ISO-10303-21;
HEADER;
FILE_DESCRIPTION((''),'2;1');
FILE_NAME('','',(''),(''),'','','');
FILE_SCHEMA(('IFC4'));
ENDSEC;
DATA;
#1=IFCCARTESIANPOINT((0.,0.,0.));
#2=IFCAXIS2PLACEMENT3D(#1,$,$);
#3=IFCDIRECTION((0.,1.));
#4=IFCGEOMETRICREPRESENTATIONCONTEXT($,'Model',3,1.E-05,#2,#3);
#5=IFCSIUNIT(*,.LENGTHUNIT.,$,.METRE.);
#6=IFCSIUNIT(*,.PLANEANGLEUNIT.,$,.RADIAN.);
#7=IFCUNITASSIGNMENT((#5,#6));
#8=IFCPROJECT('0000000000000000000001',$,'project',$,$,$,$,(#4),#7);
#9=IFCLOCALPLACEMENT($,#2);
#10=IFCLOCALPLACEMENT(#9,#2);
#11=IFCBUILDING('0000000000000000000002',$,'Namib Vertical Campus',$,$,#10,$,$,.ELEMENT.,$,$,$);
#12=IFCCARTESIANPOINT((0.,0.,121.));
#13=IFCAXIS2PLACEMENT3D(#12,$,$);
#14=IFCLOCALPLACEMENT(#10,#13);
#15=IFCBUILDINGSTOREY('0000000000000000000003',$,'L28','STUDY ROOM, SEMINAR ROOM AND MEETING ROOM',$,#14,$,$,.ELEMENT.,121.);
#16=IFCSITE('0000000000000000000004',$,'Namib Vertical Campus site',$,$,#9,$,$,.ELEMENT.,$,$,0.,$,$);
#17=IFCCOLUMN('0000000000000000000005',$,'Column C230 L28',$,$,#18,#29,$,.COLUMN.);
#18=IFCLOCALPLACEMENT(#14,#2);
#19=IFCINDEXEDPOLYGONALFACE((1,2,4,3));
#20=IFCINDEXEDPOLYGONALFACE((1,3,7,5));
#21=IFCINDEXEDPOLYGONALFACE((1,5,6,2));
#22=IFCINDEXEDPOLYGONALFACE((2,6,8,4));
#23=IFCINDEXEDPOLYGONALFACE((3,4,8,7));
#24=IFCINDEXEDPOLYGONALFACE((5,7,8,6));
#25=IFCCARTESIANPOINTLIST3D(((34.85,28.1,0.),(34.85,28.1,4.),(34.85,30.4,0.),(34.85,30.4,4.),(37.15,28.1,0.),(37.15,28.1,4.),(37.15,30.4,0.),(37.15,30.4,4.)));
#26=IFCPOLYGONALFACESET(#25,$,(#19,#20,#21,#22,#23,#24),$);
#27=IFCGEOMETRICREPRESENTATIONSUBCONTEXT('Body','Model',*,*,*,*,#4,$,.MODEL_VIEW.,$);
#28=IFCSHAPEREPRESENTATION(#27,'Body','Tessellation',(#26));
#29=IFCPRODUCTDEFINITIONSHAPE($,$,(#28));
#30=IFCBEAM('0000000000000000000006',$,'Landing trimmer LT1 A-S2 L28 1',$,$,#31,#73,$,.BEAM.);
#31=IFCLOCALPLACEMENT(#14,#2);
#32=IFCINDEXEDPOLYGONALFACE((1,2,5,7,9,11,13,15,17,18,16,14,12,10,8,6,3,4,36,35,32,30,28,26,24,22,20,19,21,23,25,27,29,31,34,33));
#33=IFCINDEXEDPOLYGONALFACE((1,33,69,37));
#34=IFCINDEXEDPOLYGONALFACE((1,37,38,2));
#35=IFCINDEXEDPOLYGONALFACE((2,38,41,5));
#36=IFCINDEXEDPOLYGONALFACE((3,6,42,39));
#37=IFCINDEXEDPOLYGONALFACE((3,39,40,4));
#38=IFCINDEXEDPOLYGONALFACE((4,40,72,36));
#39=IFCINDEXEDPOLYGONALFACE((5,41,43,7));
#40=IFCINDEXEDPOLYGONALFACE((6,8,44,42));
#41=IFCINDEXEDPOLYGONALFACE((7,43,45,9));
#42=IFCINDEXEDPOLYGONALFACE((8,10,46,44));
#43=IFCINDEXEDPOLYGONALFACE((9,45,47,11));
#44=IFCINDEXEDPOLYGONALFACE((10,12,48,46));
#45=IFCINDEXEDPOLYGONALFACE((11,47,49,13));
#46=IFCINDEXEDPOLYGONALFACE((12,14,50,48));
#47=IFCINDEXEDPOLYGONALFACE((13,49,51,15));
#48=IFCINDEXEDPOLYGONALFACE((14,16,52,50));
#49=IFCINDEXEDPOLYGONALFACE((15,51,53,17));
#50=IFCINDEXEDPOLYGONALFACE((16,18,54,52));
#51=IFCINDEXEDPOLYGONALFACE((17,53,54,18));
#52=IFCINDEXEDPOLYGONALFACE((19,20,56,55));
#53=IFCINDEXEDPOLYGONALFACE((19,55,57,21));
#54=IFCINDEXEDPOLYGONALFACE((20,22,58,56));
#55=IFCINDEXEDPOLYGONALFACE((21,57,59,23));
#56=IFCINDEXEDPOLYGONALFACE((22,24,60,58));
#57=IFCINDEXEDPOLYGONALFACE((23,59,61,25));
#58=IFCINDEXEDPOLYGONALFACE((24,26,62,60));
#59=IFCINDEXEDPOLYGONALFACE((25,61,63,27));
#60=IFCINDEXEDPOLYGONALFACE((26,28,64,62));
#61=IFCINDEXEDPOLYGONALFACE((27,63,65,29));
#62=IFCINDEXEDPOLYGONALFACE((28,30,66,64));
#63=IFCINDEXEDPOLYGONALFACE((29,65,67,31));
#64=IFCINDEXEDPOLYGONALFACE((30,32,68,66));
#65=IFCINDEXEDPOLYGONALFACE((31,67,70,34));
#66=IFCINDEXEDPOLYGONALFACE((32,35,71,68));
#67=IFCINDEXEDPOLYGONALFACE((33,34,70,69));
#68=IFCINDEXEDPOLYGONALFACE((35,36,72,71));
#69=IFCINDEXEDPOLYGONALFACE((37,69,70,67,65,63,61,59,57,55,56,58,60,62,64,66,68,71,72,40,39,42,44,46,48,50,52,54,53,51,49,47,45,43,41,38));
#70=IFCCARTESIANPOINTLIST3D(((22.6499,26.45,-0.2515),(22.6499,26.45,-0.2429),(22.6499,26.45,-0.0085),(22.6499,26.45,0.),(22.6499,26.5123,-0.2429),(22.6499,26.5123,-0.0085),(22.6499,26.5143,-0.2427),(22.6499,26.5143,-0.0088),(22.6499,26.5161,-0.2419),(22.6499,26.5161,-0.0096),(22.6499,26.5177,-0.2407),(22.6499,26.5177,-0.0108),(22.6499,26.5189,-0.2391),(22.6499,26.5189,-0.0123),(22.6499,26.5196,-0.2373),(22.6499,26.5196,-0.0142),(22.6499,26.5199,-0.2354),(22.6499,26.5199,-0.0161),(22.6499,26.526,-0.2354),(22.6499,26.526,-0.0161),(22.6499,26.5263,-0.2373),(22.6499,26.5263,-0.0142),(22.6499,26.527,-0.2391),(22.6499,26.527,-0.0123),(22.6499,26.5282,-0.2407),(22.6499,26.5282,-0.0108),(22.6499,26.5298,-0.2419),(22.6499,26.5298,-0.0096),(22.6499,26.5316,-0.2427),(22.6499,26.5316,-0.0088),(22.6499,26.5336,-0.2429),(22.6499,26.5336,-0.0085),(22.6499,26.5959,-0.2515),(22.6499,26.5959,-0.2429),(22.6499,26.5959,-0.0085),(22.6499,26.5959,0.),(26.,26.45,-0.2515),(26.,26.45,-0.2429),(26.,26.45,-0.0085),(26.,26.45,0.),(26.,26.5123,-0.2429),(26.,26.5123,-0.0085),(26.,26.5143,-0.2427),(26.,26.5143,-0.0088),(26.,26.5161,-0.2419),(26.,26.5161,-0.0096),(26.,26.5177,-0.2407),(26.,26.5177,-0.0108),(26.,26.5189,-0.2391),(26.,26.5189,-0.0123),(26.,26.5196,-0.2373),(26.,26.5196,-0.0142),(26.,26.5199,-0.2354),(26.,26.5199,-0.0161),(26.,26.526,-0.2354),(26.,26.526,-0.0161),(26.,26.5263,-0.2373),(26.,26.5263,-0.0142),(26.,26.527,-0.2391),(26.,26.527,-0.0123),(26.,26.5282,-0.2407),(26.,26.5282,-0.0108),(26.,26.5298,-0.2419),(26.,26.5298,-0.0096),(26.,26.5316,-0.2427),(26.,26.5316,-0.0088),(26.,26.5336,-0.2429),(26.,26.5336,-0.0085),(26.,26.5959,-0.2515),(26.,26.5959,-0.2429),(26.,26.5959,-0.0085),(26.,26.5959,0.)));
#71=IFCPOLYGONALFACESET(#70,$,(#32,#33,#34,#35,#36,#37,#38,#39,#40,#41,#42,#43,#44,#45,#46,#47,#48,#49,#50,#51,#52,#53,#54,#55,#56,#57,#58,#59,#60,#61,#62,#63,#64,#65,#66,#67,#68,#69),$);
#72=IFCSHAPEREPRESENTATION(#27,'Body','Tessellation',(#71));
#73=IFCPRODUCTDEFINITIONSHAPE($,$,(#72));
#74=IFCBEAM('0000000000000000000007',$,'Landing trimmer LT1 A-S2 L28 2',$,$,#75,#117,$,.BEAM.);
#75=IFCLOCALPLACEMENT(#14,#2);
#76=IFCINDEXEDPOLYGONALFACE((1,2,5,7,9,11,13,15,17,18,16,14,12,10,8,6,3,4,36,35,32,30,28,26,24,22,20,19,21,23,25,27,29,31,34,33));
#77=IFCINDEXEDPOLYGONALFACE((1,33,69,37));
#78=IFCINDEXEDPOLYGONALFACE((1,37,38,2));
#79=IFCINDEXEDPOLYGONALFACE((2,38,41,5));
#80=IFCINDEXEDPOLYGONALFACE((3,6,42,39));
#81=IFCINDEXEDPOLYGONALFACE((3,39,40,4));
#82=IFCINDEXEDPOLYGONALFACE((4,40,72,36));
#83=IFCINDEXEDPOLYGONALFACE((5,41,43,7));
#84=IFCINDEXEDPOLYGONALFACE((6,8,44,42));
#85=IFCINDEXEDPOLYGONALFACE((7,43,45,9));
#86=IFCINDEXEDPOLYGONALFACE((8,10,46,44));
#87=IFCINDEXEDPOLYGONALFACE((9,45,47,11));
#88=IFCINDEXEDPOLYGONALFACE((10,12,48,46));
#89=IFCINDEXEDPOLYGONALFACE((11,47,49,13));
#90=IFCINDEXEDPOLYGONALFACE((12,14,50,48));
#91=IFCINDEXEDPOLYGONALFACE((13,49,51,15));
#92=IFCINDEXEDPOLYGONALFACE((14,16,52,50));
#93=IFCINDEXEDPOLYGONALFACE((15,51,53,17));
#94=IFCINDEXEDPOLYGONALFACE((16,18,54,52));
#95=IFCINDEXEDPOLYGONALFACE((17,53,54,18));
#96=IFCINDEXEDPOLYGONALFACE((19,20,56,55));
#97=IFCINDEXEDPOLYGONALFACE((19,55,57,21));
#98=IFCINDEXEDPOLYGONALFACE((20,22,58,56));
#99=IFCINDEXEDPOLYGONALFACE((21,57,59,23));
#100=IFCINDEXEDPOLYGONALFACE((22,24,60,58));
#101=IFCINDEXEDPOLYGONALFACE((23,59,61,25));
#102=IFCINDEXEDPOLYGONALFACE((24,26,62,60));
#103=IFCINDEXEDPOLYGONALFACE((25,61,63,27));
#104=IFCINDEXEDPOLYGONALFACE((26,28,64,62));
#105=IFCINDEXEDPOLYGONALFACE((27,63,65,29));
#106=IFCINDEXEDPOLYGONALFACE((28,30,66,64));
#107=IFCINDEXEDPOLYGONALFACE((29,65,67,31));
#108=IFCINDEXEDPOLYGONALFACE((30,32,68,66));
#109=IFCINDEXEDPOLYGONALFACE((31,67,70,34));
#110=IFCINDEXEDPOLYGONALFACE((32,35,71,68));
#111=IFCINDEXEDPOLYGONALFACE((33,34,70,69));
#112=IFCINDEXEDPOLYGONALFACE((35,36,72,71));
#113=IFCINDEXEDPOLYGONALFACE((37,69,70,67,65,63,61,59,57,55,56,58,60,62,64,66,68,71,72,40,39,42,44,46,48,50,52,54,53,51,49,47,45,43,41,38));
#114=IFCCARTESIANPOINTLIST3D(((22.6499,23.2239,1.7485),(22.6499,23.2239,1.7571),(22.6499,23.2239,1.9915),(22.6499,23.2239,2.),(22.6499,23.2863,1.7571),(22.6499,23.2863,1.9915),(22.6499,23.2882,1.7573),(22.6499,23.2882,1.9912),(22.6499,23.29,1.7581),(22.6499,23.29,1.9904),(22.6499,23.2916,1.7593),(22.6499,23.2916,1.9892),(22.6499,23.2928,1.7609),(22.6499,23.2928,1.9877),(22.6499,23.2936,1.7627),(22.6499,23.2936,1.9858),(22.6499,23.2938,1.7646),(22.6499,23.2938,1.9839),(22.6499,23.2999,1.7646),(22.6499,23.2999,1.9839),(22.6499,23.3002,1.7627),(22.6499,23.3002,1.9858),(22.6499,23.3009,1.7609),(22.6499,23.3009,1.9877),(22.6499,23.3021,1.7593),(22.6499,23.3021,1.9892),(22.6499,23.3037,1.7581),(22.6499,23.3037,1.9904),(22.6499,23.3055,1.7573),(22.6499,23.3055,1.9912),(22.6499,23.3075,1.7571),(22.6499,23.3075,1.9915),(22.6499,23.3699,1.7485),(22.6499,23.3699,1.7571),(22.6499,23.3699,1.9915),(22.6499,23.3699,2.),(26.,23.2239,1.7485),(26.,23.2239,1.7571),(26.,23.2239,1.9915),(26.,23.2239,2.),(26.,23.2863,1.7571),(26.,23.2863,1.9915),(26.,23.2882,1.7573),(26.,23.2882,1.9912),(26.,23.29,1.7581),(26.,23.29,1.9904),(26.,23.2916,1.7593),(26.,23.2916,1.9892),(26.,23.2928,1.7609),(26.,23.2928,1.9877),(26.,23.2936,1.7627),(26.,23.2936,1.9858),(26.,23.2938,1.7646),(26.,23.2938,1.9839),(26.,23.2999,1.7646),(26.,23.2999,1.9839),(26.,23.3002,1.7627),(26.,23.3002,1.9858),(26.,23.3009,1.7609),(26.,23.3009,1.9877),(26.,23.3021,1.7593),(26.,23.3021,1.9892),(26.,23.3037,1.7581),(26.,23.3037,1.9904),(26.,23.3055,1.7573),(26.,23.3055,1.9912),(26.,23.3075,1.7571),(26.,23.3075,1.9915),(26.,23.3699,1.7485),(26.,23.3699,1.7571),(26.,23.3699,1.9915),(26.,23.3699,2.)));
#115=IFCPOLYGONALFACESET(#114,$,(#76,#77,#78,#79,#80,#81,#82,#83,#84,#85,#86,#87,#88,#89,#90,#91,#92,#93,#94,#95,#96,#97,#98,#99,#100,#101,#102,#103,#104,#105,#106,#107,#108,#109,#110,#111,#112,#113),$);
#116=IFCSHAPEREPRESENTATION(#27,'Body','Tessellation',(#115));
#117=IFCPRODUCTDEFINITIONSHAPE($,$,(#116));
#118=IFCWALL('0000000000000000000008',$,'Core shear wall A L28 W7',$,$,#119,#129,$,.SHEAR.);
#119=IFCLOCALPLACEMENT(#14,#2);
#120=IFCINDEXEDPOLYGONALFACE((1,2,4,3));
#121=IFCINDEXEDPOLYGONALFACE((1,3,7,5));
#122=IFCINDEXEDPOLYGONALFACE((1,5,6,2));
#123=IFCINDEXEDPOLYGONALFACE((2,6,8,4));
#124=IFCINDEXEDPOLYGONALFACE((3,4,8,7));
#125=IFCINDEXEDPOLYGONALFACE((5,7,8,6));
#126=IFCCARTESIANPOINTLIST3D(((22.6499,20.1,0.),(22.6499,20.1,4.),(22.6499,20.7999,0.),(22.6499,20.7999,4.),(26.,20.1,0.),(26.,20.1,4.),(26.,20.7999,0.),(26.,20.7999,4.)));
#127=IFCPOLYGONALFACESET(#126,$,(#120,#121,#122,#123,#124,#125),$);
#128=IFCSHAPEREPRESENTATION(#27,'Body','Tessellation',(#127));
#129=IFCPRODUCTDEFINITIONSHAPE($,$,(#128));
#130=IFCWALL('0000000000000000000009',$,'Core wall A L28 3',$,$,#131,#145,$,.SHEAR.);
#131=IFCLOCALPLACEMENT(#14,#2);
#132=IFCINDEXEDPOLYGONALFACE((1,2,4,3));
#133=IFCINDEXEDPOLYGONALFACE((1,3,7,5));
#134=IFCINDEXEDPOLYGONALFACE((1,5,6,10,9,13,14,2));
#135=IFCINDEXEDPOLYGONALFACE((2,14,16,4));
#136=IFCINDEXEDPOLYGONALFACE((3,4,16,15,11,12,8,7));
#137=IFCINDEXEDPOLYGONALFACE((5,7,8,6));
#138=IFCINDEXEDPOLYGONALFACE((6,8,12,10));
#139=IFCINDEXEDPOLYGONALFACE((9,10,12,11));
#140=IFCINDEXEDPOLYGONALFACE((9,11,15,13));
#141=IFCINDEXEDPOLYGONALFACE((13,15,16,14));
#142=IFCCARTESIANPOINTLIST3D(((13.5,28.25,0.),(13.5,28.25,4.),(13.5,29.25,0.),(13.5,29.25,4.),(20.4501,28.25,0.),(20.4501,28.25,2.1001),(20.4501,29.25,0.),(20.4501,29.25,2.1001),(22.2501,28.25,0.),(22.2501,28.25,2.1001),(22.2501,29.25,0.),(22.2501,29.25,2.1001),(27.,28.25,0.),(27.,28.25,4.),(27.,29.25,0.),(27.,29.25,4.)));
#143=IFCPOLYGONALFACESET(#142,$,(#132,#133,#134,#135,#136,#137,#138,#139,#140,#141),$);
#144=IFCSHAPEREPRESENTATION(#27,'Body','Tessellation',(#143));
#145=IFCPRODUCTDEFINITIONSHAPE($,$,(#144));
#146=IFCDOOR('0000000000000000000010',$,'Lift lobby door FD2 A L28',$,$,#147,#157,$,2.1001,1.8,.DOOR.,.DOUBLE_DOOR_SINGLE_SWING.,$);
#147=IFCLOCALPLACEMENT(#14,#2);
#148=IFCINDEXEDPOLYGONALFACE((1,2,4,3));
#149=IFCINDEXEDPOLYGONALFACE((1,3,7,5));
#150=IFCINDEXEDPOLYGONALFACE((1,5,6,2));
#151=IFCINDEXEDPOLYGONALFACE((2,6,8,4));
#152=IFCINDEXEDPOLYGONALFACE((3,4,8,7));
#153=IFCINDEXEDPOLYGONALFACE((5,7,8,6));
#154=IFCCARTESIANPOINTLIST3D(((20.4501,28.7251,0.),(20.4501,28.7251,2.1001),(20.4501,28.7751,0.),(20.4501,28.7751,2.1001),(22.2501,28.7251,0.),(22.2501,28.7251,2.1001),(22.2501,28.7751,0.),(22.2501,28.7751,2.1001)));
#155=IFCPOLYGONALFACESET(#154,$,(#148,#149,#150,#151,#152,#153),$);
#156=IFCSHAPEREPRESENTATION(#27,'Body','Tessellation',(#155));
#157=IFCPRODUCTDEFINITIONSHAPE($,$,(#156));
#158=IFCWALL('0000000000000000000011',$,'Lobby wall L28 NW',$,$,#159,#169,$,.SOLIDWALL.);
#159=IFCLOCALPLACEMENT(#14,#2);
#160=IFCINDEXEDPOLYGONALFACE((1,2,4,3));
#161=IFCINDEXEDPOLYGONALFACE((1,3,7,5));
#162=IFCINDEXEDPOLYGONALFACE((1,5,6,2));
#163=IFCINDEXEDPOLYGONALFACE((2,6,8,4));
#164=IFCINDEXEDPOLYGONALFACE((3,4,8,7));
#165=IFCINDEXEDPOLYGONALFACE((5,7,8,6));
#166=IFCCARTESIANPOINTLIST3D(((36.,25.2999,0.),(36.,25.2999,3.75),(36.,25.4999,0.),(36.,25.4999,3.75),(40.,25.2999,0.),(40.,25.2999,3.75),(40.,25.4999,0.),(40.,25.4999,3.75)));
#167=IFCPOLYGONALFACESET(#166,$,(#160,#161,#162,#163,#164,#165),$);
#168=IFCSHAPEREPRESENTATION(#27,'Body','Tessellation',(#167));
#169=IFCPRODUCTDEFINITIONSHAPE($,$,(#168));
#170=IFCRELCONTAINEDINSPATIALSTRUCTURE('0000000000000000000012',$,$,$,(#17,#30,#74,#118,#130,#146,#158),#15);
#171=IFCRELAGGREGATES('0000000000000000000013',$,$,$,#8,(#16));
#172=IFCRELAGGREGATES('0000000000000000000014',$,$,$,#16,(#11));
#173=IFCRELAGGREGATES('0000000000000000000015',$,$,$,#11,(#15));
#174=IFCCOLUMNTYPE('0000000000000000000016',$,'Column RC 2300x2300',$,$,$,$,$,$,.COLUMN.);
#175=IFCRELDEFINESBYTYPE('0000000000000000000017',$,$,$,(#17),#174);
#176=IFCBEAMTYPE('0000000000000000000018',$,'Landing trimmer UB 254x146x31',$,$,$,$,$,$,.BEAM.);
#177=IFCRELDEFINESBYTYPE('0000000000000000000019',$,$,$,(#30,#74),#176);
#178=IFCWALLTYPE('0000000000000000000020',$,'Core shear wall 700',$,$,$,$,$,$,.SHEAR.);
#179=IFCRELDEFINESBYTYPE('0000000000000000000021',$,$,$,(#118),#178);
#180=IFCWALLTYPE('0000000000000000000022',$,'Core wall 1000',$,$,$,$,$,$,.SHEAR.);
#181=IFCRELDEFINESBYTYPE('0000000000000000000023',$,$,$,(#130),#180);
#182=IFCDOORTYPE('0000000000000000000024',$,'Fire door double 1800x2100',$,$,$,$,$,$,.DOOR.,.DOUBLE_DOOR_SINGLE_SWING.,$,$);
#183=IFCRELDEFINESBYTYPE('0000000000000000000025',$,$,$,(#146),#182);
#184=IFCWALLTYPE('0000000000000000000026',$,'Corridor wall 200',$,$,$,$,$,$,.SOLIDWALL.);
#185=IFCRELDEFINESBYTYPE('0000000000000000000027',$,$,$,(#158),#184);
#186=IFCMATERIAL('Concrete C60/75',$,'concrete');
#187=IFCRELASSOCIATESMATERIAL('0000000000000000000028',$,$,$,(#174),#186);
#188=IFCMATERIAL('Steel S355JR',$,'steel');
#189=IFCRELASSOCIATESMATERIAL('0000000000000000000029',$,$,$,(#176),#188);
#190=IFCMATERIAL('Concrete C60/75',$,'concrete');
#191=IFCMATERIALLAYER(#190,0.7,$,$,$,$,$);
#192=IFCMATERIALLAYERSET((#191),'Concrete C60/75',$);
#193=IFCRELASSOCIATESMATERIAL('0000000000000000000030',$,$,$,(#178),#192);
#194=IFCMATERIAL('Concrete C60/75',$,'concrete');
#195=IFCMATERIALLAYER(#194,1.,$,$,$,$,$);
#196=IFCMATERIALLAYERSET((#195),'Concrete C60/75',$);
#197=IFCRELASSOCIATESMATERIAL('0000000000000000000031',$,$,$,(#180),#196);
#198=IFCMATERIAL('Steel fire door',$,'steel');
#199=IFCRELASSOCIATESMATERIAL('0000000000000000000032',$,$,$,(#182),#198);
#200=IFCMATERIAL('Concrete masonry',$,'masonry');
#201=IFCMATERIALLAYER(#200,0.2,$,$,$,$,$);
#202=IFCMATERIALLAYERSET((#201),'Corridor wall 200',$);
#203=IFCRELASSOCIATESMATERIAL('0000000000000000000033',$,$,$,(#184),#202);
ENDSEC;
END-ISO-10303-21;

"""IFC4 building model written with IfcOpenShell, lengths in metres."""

from ifc_helpers import new_model, si_unit, direction, frame, frame_2d, origin, origin_2d, place, context, subcontext, project, spatial, rectangle, i_section, extrude, material, layer, layer_set, material_profile, profile_set, type_object, element, fill, save


model = new_model("IFC4")

# Units and contexts
model_context = context("Model", 3, precision=1e-05, world=origin(), true_north=direction((0.0, 1.0)))
body_context = subcontext(model_context, "Body", "Model", "MODEL_VIEW")
ifc_project = project(units=[si_unit("LENGTHUNIT", "METRE"), si_unit("PLANEANGLEUNIT", "RADIAN")], contexts=[model_context])

# Site, building, storey
site_placement = place(None, origin())
site = spatial("IfcSite", under=ifc_project, at=site_placement, Name="Namib Vertical Campus site", CompositionType="ELEMENT", RefElevation=0.0)
building_placement = place(site_placement, origin())
building = spatial("IfcBuilding", under=site, at=building_placement, Name="Namib Vertical Campus", CompositionType="ELEMENT")
storey_placement = place(building_placement, frame((0.0, 0.0, 121.0)))
storey = spatial("IfcBuildingStorey", under=building, at=storey_placement, Name="L28", Description="STUDY ROOM, SEMINAR ROOM AND MEETING ROOM", CompositionType="ELEMENT", Elevation=121.0)

# Column
ifc_material_1 = material(Name="Concrete C60/75", Category="concrete")
ifc_material_profile_1 = material_profile(ifc_material_1, rectangle(XDim=2.3, YDim=2.3, at=origin_2d()))
ifc_profile_set_1 = profile_set([ifc_material_profile_1], Name="Concrete C60/75")
column_type = type_object("IfcColumnType", Name="Column RC 2300x2300", PredefinedType="COLUMN", material=ifc_profile_set_1)
column_placement = place(storey_placement, frame((36.0, 29.25, 0.0), z_axis=(0.0, 0.0, 1.0), x_axis=(1.0, 0.0, 0.0)))
element("IfcColumn", 1, at=column_placement, inside=storey, type_object=column_type, Name="Column C230 L28", PredefinedType="COLUMN", context=body_context, shape_type="SweptSolid", body=[
    extrude(rectangle(XDim=2.3, YDim=2.3, at=origin_2d()), origin(), (0.0, 0.0, 1.0), 4.0),
])

# Beams
ifc_material_2 = material(Name="Steel S355JR", Category="steel")
ifc_material_profile_2 = material_profile(ifc_material_2, i_section(OverallWidth=0.146, OverallDepth=0.2515, WebThickness=0.0061, FlangeThickness=0.0085, FilletRadius=0.0076, at=origin_2d()))
ifc_profile_set_2 = profile_set([ifc_material_profile_2], Name="Steel S355JR")
beam_type = type_object("IfcBeamType", Name="Landing trimmer UB 254x146x31", PredefinedType="BEAM", material=ifc_profile_set_2)
for number, where, z_axis, x_axis, name in (
    (2, (22.6499, 26.5229, -0.1257), (1.0, 0.0, 0.0), (0.0, 1.0, 0.0), "Landing trimmer LT1 A-S2 L28 1"),
    (3, (22.6499, 23.2969, 1.8743), (1.0, 0.0, 0.0), (0.0, 1.0, 0.0), "Landing trimmer LT1 A-S2 L28 2"),
):
    element("IfcBeam", number, at=place(storey_placement, frame(where, z_axis=z_axis, x_axis=x_axis)), inside=storey, type_object=beam_type, Name=name, PredefinedType="BEAM", context=body_context, shape_type="SweptSolid", body=[
        extrude(i_section(OverallWidth=0.146, OverallDepth=0.2515, WebThickness=0.0061, FlangeThickness=0.0085, FilletRadius=0.0076, at=origin_2d()), origin(), (0.0, 0.0, 1.0), 3.3501),
    ])

# Wall
ifc_material_3 = material(Name="Concrete C60/75", Category="concrete")
ifc_layer_1 = layer(ifc_material_3, 0.7)
ifc_layer_set_1 = layer_set([ifc_layer_1], Name="Concrete C60/75")
wall_type_1 = type_object("IfcWallType", Name="Core shear wall 700", PredefinedType="SHEAR", material=ifc_layer_set_1)
wall_1_placement = place(storey_placement, frame((22.6499, 20.45, 0.0), z_axis=(0.0, 0.0, 1.0), x_axis=(1.0, 0.0, 0.0)))
element("IfcWall", 4, at=wall_1_placement, inside=storey, type_object=wall_type_1, Name="Core shear wall A L28 W7", PredefinedType="SHEAR", context=body_context, shape_type="SweptSolid", body=[
    extrude(rectangle(XDim=3.3501, YDim=0.7, at=frame_2d((1.675, 0.0))), origin(), (0.0, 0.0, 1.0), 4.0),
])

# Wall, opening, door
ifc_material_4 = material(Name="Concrete C60/75", Category="concrete")
ifc_layer_2 = layer(ifc_material_4, 1.0)
ifc_layer_set_2 = layer_set([ifc_layer_2], Name="Concrete C60/75")
wall_type_2 = type_object("IfcWallType", Name="Core wall 1000", PredefinedType="SHEAR", material=ifc_layer_set_2)
wall_2_placement = place(storey_placement, frame((27.0, 28.75, 0.0), z_axis=(0.0, 0.0, 1.0), x_axis=(-1.0, 0.0, 0.0)))
wall_2 = element("IfcWall", 5, at=wall_2_placement, inside=storey, type_object=wall_type_2, Name="Core wall A L28 3", PredefinedType="SHEAR", context=body_context, shape_type="SweptSolid", body=[
    extrude(rectangle(XDim=13.5, YDim=1.0, at=frame_2d((6.75, 0.0))), origin(), (0.0, 0.0, 1.0), 4.0),
])
opening_1_placement = place(wall_2_placement, frame((4.75, 0.0, 0.0)))
opening_1 = element("IfcOpeningElement", 6, at=opening_1_placement, cuts=wall_2, PredefinedType="OPENING", context=body_context, shape_type="SweptSolid", body=[
    extrude(rectangle(XDim=1.8, YDim=2.1001, at=frame_2d((0.8999, 1.05))), frame((0.0, 0.51, 0.0), z_axis=(0.0, -1.0, 0.0), x_axis=(1.0, 0.0, 0.0)), (0.0, 0.0, 1.0), 1.02),
])
ifc_material_5 = material(Name="Steel fire door", Category="steel")
door_type_1 = type_object("IfcDoorType", Name="Fire door double 1800x2100", OperationType="DOUBLE_DOOR_SINGLE_SWING", PredefinedType="DOOR", material=ifc_material_5)
door_1_placement = place(opening_1_placement, origin())
door_1 = element("IfcDoor", 7, at=door_1_placement, inside=storey, type_object=door_type_1, Name="Lift lobby door FD2 A L28", OperationType="DOUBLE_DOOR_SINGLE_SWING", OverallHeight=2.1001, OverallWidth=1.8, PredefinedType="DOOR", context=body_context, shape_type="SweptSolid", body=[
    extrude(rectangle(XDim=1.8, YDim=2.1001, at=frame_2d((0.8999, 1.05))), frame((0.0, 0.0249, 0.0), z_axis=(0.0, -1.0, 0.0), x_axis=(1.0, 0.0, 0.0)), (0.0, 0.0, 1.0), 0.05),
])
fill(opening_1, door_1)

# Wall
ifc_material_6 = material(Name="Concrete masonry", Category="masonry")
ifc_layer_3 = layer(ifc_material_6, 0.2)
ifc_layer_set_3 = layer_set([ifc_layer_3], Name="Corridor wall 200")
wall_type_3 = type_object("IfcWallType", Name="Corridor wall 200", PredefinedType="SOLIDWALL", material=ifc_layer_set_3)
wall_3_placement = place(storey_placement, frame((36.0, 25.3999, 0.0), z_axis=(0.0, 0.0, 1.0), x_axis=(1.0, 0.0, 0.0)))
element("IfcWall", 8, at=wall_3_placement, inside=storey, type_object=wall_type_3, Name="Lobby wall L28 NW", PredefinedType="SOLIDWALL", context=body_context, shape_type="SweptSolid", body=[
    extrude(rectangle(XDim=4.0, YDim=0.2, at=frame_2d((2.0, 0.0))), origin(), (0.0, 0.0, 1.0), 3.75),
])

save(model, "model.ifc")
